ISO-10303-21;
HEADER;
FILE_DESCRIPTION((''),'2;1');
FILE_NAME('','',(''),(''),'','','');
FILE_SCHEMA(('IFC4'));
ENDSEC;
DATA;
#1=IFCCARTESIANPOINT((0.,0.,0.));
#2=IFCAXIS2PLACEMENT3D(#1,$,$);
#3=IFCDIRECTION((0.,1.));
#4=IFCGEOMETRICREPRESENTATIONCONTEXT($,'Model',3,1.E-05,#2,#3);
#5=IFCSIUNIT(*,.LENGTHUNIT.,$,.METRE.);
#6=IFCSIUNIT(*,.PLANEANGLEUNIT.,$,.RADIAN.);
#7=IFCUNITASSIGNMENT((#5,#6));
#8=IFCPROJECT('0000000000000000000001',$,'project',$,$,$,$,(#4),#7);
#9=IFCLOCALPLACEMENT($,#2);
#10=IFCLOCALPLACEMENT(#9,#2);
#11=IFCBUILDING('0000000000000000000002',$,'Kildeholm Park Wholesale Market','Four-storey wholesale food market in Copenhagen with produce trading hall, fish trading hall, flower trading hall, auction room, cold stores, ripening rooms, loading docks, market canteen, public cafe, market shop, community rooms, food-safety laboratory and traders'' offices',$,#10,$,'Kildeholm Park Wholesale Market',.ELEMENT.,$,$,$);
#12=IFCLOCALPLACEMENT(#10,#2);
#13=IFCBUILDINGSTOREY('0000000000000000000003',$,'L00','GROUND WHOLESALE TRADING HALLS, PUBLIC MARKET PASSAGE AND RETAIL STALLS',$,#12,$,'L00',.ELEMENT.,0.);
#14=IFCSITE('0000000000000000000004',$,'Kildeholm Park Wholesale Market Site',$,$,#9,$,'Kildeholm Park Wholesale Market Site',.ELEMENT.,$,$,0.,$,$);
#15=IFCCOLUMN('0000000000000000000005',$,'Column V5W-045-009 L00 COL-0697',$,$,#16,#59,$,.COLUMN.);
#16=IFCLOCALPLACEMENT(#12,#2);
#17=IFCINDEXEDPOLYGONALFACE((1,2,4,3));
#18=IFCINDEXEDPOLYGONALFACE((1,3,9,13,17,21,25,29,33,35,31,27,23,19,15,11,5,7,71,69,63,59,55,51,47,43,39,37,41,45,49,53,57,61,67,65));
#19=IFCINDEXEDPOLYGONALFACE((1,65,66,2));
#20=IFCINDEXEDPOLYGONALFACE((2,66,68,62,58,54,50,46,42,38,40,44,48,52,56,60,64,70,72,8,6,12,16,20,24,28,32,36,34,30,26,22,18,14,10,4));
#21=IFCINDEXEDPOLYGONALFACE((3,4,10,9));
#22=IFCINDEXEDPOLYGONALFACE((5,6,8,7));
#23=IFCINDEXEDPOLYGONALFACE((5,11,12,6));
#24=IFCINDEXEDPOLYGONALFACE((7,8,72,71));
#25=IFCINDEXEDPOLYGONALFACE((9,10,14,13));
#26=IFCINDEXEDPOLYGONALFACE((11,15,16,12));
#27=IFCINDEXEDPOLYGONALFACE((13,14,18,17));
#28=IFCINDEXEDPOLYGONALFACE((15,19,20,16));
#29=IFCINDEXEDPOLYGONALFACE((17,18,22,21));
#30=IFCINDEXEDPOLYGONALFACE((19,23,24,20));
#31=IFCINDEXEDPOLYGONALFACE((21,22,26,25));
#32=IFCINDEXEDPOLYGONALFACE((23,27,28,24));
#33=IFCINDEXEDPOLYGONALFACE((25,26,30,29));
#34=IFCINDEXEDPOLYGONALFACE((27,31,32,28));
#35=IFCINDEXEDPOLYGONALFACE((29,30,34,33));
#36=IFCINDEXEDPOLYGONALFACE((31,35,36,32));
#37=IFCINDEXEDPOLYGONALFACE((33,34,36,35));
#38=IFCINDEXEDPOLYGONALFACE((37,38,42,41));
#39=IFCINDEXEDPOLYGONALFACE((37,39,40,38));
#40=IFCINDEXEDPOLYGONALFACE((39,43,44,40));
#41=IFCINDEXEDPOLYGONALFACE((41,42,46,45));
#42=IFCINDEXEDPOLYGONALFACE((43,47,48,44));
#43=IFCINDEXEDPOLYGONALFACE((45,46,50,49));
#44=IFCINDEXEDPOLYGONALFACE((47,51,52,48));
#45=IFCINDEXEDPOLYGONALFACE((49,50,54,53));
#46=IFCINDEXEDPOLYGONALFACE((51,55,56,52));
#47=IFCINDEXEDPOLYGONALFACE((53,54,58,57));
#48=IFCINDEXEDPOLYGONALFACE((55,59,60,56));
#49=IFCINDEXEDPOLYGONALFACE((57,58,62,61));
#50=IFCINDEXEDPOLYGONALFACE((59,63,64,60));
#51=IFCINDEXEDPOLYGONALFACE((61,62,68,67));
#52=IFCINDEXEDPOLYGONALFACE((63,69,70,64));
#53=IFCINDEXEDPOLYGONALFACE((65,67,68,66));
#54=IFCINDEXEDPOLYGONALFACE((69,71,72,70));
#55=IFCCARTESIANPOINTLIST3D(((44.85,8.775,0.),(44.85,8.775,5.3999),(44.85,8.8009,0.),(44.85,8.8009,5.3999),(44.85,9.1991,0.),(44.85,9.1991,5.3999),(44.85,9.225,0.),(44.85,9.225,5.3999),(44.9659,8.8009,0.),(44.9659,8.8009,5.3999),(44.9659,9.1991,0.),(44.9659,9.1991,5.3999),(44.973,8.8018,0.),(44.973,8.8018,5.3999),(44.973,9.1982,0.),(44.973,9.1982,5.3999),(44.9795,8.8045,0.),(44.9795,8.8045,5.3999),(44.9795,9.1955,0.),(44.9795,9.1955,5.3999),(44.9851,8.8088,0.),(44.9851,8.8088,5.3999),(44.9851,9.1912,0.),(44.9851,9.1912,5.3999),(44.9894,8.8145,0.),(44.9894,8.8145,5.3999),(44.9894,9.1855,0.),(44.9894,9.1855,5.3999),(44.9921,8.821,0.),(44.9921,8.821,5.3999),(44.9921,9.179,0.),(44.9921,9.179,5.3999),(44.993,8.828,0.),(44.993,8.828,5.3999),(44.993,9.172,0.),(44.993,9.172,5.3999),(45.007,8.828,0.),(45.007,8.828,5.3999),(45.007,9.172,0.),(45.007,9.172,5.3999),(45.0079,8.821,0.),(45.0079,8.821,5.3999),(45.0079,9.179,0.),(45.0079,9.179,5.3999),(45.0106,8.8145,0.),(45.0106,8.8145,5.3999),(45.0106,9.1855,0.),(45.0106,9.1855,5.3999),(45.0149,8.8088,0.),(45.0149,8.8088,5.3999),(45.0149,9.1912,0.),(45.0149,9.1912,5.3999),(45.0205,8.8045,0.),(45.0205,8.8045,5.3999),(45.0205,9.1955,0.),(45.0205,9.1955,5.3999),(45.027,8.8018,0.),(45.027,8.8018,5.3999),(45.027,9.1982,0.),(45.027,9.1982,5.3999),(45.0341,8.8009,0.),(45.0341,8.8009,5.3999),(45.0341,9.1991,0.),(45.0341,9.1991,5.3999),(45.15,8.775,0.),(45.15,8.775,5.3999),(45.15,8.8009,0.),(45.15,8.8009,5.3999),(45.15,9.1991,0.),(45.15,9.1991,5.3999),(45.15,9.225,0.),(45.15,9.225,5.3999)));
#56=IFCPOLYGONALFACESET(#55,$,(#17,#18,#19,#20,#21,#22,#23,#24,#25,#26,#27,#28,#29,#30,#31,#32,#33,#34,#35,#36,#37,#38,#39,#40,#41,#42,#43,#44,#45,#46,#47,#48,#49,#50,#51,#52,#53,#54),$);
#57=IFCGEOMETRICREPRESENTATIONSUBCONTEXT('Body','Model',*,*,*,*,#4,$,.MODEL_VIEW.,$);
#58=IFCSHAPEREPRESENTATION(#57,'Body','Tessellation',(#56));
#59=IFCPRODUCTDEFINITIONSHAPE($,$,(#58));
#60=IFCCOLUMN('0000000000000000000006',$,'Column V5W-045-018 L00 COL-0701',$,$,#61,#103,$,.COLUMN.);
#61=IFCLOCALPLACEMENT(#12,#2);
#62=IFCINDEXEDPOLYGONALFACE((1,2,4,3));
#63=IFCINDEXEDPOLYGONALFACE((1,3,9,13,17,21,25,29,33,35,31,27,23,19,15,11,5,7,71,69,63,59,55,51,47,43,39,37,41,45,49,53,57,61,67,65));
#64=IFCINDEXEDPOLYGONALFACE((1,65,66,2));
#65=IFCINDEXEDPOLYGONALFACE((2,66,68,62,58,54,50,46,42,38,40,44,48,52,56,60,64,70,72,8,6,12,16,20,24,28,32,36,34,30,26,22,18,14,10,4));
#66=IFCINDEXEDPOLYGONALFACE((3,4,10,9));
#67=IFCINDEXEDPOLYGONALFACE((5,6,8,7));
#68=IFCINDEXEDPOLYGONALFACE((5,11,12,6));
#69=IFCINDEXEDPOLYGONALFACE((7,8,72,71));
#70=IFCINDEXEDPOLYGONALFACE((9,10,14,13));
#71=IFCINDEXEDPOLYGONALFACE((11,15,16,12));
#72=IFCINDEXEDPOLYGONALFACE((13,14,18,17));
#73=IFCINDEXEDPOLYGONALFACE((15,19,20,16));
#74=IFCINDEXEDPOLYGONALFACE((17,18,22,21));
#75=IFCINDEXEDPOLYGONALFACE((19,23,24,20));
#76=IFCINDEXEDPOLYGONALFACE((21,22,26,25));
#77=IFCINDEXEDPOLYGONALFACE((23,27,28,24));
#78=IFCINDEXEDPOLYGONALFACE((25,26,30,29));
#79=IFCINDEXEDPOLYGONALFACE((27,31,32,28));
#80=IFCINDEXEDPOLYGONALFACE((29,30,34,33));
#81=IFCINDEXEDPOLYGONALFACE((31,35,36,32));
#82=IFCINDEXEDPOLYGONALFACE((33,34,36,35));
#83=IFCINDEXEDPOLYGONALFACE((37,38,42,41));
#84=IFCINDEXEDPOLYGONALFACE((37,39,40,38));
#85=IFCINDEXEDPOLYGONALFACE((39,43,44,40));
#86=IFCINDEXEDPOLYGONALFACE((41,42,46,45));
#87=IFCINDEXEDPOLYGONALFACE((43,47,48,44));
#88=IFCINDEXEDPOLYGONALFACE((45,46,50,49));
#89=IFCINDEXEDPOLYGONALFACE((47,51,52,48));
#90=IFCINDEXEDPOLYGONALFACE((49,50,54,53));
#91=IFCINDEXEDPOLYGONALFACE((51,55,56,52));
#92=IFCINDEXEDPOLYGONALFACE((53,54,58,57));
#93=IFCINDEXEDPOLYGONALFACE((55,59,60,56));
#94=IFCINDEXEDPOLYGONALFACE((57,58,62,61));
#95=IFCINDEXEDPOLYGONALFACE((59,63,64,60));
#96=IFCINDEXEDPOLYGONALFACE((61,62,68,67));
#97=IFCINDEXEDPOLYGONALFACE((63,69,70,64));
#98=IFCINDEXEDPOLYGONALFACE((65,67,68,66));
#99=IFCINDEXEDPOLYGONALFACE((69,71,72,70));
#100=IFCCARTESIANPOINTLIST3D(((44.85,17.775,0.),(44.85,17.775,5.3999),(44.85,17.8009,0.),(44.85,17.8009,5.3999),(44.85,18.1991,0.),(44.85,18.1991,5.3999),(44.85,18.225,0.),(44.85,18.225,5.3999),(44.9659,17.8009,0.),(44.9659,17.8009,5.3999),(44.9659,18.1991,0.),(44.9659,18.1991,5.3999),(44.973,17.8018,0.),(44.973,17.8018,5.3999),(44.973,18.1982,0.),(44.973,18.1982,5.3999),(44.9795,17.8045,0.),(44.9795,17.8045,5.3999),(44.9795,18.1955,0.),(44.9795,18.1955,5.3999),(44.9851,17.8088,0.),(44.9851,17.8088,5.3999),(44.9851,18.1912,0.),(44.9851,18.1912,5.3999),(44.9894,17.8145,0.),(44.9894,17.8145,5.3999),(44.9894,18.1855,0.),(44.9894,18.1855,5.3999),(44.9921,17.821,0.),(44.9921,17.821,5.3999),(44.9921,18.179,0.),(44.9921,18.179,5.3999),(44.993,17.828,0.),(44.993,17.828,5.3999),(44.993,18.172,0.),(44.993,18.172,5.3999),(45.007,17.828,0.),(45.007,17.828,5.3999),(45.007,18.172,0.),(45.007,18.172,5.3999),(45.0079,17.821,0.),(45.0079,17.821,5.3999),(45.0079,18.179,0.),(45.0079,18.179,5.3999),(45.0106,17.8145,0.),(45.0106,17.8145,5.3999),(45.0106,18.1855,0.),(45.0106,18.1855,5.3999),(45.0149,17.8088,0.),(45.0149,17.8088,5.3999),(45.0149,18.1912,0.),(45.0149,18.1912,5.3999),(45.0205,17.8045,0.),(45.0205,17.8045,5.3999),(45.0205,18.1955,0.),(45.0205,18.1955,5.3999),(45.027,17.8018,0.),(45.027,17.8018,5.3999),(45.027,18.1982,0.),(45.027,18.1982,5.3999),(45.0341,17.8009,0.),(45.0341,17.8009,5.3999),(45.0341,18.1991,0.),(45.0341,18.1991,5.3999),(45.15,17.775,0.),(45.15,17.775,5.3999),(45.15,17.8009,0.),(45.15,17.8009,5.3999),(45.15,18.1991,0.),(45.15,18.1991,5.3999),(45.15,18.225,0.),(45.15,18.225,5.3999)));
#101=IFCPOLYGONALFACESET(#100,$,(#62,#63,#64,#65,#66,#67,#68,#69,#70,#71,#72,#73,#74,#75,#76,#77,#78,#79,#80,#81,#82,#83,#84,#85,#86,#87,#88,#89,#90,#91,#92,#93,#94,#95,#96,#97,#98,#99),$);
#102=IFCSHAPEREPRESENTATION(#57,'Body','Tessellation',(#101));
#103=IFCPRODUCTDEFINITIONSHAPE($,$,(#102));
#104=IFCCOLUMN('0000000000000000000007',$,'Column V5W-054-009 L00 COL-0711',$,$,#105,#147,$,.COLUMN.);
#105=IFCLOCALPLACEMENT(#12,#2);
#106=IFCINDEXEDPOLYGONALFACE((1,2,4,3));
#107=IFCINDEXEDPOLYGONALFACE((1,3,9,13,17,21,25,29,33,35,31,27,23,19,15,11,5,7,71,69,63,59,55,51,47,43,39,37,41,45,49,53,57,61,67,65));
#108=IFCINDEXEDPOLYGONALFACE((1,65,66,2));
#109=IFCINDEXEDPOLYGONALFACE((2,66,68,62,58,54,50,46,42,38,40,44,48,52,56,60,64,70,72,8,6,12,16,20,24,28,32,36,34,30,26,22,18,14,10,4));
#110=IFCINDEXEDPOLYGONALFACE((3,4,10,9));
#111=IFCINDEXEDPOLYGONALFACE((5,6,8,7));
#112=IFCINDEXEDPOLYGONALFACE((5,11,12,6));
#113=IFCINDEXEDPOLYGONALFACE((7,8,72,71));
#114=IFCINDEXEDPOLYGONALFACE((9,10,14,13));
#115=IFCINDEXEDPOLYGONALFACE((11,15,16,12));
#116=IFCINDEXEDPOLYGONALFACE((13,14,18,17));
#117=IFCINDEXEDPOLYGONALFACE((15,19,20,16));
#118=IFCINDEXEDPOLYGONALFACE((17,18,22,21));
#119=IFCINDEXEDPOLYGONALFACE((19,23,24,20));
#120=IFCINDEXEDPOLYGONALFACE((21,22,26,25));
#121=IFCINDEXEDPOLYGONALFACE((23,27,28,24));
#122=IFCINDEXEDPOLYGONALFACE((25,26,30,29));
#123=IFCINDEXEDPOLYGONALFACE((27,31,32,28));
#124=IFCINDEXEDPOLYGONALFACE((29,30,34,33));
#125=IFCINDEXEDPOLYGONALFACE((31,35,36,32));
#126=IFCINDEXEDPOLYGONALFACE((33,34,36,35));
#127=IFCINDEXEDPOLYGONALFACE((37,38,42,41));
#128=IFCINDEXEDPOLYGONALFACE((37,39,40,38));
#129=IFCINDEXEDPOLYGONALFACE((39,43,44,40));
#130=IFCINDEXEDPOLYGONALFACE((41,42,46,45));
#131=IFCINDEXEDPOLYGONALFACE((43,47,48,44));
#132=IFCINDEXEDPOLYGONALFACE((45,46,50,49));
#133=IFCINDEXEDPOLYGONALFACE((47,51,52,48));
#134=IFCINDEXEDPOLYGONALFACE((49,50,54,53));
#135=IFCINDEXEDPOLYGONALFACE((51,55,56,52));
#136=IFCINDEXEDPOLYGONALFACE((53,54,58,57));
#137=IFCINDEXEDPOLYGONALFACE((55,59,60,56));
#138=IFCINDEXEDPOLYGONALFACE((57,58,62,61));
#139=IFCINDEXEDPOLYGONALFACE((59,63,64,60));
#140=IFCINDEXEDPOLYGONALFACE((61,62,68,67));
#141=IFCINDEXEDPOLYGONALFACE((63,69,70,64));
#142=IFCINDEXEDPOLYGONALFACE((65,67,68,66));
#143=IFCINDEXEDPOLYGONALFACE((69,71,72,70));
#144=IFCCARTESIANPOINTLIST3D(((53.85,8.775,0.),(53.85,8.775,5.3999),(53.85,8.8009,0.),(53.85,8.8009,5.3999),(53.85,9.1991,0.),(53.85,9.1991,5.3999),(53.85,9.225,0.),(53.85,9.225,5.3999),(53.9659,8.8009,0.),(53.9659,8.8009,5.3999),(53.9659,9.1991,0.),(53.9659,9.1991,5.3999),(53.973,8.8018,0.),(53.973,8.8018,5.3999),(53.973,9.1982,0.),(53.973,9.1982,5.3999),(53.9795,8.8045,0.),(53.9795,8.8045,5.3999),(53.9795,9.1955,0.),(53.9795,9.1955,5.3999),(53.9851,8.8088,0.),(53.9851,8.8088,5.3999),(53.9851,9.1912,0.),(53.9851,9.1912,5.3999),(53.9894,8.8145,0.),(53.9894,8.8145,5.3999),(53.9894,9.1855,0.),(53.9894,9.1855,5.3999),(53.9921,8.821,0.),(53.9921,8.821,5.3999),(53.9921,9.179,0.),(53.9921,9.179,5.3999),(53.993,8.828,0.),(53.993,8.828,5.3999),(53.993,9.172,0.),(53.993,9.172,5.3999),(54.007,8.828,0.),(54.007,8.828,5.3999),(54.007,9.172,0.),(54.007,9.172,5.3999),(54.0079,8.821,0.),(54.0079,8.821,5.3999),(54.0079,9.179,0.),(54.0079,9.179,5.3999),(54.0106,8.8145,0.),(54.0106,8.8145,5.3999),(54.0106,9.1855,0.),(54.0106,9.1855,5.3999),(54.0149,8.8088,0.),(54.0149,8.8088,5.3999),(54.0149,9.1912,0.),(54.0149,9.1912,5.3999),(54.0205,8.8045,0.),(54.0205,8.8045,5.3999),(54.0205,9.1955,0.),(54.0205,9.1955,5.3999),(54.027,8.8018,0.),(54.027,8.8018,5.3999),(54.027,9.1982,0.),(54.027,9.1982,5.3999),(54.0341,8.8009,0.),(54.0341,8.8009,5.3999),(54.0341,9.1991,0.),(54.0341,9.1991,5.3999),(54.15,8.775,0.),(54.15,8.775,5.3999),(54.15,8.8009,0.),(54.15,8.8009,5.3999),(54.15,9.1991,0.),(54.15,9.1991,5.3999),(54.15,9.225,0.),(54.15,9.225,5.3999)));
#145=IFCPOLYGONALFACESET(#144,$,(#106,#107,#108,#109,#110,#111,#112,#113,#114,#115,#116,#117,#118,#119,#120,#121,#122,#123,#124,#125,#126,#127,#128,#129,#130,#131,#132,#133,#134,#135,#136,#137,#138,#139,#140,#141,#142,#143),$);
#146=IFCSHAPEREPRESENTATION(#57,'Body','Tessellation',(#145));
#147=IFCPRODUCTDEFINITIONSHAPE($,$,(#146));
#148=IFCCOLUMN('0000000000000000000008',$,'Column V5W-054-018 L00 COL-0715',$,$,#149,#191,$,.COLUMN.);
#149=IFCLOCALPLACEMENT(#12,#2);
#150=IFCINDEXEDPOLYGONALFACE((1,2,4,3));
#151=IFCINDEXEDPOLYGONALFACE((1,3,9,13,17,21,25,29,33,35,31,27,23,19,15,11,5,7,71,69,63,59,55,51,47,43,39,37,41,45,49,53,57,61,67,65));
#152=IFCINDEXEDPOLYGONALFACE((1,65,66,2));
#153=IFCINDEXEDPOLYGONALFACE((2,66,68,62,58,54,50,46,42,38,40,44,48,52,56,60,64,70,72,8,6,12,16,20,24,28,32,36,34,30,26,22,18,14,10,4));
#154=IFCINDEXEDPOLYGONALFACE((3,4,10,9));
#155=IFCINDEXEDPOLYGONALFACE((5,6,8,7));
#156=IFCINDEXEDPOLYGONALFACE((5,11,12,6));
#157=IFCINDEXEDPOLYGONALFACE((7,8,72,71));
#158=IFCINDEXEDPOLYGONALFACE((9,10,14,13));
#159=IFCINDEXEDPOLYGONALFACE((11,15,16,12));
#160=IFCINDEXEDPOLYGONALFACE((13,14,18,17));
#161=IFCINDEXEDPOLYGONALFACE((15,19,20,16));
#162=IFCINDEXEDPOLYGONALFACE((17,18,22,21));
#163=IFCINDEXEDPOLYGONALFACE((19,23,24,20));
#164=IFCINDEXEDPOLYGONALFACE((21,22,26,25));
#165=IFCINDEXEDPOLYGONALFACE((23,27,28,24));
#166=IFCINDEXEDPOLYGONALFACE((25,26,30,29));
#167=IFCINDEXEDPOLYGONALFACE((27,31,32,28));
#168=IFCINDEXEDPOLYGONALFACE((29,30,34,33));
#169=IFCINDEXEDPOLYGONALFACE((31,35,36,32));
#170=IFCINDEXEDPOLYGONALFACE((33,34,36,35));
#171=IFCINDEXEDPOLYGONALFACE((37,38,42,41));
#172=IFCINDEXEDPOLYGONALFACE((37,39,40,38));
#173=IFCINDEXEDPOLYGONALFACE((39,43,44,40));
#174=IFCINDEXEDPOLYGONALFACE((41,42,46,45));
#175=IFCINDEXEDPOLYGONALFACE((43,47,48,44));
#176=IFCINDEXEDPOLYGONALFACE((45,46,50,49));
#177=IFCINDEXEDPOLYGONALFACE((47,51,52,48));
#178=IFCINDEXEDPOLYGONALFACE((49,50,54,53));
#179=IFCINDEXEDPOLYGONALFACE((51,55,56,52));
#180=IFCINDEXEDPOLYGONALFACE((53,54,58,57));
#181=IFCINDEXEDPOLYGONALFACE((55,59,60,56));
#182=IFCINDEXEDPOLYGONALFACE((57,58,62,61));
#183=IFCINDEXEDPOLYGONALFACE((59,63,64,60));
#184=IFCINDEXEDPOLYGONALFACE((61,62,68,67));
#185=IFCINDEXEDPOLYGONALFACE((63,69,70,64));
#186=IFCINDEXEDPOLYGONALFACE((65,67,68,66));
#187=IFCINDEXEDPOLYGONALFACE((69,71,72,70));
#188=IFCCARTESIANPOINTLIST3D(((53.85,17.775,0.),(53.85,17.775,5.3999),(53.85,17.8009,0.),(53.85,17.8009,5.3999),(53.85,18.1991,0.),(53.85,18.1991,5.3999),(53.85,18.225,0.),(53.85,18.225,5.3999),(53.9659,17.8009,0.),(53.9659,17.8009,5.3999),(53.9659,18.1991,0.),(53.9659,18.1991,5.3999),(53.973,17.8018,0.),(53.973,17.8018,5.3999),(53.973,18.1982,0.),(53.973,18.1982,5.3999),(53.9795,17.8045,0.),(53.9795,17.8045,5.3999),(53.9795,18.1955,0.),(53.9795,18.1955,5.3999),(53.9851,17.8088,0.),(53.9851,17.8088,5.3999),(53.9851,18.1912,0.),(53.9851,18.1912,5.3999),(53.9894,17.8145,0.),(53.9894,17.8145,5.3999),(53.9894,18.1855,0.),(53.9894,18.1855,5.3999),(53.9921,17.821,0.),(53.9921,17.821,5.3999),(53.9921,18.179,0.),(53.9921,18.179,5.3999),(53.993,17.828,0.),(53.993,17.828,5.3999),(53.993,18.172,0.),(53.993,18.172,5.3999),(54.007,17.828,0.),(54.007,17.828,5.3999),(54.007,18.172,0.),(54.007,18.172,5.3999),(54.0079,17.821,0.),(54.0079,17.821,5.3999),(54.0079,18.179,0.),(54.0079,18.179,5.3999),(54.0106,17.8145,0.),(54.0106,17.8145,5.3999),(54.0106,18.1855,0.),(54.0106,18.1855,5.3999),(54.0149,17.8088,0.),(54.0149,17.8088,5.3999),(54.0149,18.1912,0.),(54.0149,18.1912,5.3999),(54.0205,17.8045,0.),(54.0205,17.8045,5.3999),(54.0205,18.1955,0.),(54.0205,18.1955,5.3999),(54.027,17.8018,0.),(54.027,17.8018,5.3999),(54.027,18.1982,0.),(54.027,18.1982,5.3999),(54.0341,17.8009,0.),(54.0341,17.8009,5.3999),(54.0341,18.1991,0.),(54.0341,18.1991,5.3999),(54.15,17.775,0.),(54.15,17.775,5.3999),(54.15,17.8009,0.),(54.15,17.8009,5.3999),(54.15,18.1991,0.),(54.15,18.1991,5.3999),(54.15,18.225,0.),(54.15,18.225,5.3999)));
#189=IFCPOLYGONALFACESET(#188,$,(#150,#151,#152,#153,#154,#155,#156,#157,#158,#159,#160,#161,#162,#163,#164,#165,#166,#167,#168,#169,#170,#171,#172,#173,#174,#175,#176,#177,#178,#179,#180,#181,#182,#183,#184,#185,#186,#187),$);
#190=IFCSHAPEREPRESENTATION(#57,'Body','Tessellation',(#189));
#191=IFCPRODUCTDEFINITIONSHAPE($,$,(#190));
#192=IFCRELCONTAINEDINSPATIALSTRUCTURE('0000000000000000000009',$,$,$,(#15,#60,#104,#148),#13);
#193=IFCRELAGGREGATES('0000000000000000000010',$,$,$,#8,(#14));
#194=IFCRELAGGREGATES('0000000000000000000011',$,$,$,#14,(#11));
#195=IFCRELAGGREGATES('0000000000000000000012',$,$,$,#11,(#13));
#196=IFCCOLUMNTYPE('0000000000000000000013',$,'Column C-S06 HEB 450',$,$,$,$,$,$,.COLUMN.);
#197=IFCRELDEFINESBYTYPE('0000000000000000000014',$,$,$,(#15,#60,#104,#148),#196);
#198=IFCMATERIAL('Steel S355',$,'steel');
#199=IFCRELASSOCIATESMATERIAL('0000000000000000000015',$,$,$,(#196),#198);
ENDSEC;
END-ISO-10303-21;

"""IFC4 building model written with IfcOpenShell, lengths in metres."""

from ifc_helpers import new_model, si_unit, direction, frame, origin, origin_2d, place, context, subcontext, project, spatial, i_section, extrude, material, material_profile, profile_set, type_object, element, save


model = new_model("IFC4")

# Units and contexts
model_context = context("Model", 3, precision=1e-05, world=origin(), true_north=direction((0.0, 1.0)))
body_context = subcontext(model_context, "Body", "Model", "MODEL_VIEW")
ifc_project = project(units=[si_unit("LENGTHUNIT", "METRE"), si_unit("PLANEANGLEUNIT", "RADIAN")], contexts=[model_context])

# Site, building, storey
site_placement = place(None, origin())
site = spatial("IfcSite", under=ifc_project, at=site_placement, Name="Kildeholm Park Wholesale Market Site", LongName="Kildeholm Park Wholesale Market Site", CompositionType="ELEMENT", RefElevation=0.0)
building_placement = place(site_placement, origin())
building = spatial("IfcBuilding", under=site, at=building_placement, Name="Kildeholm Park Wholesale Market", Description="Four-storey wholesale food market in Copenhagen with produce trading hall, fish trading hall, flower trading hall, auction room, cold stores, ripening rooms, loading docks, market canteen, public cafe, market shop, community rooms, food-safety laboratory and traders' offices", LongName="Kildeholm Park Wholesale Market", CompositionType="ELEMENT")
storey_placement = place(building_placement, origin())
storey = spatial("IfcBuildingStorey", under=building, at=storey_placement, Name="L00", Description="GROUND WHOLESALE TRADING HALLS, PUBLIC MARKET PASSAGE AND RETAIL STALLS", LongName="L00", CompositionType="ELEMENT", Elevation=0.0)

# Columns
ifc_material_1 = material(Name="Steel S355", Category="steel")
ifc_material_profile_1 = material_profile(ifc_material_1, i_section(OverallWidth=0.3, OverallDepth=0.45, WebThickness=0.0139, FlangeThickness=0.0259, FilletRadius=0.0271, at=origin_2d()), Name="HEB 450")
ifc_profile_set_1 = profile_set([ifc_material_profile_1], Name="Steel S355")
column_type = type_object("IfcColumnType", Name="Column C-S06 HEB 450", PredefinedType="COLUMN", material=ifc_profile_set_1)
for number, where, z_axis, x_axis, name in (
    (1, (45.0, 9.0, 0.0), (0.0, 0.0, 1.0), (1.0, 0.0, 0.0), "Column V5W-045-009 L00 COL-0697"),
    (2, (45.0, 18.0, 0.0), (0.0, 0.0, 1.0), (1.0, 0.0, 0.0), "Column V5W-045-018 L00 COL-0701"),
    (3, (54.0, 9.0, 0.0), (0.0, 0.0, 1.0), (1.0, 0.0, 0.0), "Column V5W-054-009 L00 COL-0711"),
    (4, (54.0, 18.0, 0.0), (0.0, 0.0, 1.0), (1.0, 0.0, 0.0), "Column V5W-054-018 L00 COL-0715"),
):
    element("IfcColumn", number, at=place(storey_placement, frame(where, z_axis=z_axis, x_axis=x_axis)), inside=storey, type_object=column_type, Name=name, PredefinedType="COLUMN", context=body_context, shape_type="SweptSolid", body=[
        extrude(i_section(OverallWidth=0.3, OverallDepth=0.45, WebThickness=0.0139, FlangeThickness=0.0259, FilletRadius=0.0271, at=origin_2d()), origin(), (0.0, 0.0, 1.0), 5.3999),
    ])

save(model, "model.ifc")
